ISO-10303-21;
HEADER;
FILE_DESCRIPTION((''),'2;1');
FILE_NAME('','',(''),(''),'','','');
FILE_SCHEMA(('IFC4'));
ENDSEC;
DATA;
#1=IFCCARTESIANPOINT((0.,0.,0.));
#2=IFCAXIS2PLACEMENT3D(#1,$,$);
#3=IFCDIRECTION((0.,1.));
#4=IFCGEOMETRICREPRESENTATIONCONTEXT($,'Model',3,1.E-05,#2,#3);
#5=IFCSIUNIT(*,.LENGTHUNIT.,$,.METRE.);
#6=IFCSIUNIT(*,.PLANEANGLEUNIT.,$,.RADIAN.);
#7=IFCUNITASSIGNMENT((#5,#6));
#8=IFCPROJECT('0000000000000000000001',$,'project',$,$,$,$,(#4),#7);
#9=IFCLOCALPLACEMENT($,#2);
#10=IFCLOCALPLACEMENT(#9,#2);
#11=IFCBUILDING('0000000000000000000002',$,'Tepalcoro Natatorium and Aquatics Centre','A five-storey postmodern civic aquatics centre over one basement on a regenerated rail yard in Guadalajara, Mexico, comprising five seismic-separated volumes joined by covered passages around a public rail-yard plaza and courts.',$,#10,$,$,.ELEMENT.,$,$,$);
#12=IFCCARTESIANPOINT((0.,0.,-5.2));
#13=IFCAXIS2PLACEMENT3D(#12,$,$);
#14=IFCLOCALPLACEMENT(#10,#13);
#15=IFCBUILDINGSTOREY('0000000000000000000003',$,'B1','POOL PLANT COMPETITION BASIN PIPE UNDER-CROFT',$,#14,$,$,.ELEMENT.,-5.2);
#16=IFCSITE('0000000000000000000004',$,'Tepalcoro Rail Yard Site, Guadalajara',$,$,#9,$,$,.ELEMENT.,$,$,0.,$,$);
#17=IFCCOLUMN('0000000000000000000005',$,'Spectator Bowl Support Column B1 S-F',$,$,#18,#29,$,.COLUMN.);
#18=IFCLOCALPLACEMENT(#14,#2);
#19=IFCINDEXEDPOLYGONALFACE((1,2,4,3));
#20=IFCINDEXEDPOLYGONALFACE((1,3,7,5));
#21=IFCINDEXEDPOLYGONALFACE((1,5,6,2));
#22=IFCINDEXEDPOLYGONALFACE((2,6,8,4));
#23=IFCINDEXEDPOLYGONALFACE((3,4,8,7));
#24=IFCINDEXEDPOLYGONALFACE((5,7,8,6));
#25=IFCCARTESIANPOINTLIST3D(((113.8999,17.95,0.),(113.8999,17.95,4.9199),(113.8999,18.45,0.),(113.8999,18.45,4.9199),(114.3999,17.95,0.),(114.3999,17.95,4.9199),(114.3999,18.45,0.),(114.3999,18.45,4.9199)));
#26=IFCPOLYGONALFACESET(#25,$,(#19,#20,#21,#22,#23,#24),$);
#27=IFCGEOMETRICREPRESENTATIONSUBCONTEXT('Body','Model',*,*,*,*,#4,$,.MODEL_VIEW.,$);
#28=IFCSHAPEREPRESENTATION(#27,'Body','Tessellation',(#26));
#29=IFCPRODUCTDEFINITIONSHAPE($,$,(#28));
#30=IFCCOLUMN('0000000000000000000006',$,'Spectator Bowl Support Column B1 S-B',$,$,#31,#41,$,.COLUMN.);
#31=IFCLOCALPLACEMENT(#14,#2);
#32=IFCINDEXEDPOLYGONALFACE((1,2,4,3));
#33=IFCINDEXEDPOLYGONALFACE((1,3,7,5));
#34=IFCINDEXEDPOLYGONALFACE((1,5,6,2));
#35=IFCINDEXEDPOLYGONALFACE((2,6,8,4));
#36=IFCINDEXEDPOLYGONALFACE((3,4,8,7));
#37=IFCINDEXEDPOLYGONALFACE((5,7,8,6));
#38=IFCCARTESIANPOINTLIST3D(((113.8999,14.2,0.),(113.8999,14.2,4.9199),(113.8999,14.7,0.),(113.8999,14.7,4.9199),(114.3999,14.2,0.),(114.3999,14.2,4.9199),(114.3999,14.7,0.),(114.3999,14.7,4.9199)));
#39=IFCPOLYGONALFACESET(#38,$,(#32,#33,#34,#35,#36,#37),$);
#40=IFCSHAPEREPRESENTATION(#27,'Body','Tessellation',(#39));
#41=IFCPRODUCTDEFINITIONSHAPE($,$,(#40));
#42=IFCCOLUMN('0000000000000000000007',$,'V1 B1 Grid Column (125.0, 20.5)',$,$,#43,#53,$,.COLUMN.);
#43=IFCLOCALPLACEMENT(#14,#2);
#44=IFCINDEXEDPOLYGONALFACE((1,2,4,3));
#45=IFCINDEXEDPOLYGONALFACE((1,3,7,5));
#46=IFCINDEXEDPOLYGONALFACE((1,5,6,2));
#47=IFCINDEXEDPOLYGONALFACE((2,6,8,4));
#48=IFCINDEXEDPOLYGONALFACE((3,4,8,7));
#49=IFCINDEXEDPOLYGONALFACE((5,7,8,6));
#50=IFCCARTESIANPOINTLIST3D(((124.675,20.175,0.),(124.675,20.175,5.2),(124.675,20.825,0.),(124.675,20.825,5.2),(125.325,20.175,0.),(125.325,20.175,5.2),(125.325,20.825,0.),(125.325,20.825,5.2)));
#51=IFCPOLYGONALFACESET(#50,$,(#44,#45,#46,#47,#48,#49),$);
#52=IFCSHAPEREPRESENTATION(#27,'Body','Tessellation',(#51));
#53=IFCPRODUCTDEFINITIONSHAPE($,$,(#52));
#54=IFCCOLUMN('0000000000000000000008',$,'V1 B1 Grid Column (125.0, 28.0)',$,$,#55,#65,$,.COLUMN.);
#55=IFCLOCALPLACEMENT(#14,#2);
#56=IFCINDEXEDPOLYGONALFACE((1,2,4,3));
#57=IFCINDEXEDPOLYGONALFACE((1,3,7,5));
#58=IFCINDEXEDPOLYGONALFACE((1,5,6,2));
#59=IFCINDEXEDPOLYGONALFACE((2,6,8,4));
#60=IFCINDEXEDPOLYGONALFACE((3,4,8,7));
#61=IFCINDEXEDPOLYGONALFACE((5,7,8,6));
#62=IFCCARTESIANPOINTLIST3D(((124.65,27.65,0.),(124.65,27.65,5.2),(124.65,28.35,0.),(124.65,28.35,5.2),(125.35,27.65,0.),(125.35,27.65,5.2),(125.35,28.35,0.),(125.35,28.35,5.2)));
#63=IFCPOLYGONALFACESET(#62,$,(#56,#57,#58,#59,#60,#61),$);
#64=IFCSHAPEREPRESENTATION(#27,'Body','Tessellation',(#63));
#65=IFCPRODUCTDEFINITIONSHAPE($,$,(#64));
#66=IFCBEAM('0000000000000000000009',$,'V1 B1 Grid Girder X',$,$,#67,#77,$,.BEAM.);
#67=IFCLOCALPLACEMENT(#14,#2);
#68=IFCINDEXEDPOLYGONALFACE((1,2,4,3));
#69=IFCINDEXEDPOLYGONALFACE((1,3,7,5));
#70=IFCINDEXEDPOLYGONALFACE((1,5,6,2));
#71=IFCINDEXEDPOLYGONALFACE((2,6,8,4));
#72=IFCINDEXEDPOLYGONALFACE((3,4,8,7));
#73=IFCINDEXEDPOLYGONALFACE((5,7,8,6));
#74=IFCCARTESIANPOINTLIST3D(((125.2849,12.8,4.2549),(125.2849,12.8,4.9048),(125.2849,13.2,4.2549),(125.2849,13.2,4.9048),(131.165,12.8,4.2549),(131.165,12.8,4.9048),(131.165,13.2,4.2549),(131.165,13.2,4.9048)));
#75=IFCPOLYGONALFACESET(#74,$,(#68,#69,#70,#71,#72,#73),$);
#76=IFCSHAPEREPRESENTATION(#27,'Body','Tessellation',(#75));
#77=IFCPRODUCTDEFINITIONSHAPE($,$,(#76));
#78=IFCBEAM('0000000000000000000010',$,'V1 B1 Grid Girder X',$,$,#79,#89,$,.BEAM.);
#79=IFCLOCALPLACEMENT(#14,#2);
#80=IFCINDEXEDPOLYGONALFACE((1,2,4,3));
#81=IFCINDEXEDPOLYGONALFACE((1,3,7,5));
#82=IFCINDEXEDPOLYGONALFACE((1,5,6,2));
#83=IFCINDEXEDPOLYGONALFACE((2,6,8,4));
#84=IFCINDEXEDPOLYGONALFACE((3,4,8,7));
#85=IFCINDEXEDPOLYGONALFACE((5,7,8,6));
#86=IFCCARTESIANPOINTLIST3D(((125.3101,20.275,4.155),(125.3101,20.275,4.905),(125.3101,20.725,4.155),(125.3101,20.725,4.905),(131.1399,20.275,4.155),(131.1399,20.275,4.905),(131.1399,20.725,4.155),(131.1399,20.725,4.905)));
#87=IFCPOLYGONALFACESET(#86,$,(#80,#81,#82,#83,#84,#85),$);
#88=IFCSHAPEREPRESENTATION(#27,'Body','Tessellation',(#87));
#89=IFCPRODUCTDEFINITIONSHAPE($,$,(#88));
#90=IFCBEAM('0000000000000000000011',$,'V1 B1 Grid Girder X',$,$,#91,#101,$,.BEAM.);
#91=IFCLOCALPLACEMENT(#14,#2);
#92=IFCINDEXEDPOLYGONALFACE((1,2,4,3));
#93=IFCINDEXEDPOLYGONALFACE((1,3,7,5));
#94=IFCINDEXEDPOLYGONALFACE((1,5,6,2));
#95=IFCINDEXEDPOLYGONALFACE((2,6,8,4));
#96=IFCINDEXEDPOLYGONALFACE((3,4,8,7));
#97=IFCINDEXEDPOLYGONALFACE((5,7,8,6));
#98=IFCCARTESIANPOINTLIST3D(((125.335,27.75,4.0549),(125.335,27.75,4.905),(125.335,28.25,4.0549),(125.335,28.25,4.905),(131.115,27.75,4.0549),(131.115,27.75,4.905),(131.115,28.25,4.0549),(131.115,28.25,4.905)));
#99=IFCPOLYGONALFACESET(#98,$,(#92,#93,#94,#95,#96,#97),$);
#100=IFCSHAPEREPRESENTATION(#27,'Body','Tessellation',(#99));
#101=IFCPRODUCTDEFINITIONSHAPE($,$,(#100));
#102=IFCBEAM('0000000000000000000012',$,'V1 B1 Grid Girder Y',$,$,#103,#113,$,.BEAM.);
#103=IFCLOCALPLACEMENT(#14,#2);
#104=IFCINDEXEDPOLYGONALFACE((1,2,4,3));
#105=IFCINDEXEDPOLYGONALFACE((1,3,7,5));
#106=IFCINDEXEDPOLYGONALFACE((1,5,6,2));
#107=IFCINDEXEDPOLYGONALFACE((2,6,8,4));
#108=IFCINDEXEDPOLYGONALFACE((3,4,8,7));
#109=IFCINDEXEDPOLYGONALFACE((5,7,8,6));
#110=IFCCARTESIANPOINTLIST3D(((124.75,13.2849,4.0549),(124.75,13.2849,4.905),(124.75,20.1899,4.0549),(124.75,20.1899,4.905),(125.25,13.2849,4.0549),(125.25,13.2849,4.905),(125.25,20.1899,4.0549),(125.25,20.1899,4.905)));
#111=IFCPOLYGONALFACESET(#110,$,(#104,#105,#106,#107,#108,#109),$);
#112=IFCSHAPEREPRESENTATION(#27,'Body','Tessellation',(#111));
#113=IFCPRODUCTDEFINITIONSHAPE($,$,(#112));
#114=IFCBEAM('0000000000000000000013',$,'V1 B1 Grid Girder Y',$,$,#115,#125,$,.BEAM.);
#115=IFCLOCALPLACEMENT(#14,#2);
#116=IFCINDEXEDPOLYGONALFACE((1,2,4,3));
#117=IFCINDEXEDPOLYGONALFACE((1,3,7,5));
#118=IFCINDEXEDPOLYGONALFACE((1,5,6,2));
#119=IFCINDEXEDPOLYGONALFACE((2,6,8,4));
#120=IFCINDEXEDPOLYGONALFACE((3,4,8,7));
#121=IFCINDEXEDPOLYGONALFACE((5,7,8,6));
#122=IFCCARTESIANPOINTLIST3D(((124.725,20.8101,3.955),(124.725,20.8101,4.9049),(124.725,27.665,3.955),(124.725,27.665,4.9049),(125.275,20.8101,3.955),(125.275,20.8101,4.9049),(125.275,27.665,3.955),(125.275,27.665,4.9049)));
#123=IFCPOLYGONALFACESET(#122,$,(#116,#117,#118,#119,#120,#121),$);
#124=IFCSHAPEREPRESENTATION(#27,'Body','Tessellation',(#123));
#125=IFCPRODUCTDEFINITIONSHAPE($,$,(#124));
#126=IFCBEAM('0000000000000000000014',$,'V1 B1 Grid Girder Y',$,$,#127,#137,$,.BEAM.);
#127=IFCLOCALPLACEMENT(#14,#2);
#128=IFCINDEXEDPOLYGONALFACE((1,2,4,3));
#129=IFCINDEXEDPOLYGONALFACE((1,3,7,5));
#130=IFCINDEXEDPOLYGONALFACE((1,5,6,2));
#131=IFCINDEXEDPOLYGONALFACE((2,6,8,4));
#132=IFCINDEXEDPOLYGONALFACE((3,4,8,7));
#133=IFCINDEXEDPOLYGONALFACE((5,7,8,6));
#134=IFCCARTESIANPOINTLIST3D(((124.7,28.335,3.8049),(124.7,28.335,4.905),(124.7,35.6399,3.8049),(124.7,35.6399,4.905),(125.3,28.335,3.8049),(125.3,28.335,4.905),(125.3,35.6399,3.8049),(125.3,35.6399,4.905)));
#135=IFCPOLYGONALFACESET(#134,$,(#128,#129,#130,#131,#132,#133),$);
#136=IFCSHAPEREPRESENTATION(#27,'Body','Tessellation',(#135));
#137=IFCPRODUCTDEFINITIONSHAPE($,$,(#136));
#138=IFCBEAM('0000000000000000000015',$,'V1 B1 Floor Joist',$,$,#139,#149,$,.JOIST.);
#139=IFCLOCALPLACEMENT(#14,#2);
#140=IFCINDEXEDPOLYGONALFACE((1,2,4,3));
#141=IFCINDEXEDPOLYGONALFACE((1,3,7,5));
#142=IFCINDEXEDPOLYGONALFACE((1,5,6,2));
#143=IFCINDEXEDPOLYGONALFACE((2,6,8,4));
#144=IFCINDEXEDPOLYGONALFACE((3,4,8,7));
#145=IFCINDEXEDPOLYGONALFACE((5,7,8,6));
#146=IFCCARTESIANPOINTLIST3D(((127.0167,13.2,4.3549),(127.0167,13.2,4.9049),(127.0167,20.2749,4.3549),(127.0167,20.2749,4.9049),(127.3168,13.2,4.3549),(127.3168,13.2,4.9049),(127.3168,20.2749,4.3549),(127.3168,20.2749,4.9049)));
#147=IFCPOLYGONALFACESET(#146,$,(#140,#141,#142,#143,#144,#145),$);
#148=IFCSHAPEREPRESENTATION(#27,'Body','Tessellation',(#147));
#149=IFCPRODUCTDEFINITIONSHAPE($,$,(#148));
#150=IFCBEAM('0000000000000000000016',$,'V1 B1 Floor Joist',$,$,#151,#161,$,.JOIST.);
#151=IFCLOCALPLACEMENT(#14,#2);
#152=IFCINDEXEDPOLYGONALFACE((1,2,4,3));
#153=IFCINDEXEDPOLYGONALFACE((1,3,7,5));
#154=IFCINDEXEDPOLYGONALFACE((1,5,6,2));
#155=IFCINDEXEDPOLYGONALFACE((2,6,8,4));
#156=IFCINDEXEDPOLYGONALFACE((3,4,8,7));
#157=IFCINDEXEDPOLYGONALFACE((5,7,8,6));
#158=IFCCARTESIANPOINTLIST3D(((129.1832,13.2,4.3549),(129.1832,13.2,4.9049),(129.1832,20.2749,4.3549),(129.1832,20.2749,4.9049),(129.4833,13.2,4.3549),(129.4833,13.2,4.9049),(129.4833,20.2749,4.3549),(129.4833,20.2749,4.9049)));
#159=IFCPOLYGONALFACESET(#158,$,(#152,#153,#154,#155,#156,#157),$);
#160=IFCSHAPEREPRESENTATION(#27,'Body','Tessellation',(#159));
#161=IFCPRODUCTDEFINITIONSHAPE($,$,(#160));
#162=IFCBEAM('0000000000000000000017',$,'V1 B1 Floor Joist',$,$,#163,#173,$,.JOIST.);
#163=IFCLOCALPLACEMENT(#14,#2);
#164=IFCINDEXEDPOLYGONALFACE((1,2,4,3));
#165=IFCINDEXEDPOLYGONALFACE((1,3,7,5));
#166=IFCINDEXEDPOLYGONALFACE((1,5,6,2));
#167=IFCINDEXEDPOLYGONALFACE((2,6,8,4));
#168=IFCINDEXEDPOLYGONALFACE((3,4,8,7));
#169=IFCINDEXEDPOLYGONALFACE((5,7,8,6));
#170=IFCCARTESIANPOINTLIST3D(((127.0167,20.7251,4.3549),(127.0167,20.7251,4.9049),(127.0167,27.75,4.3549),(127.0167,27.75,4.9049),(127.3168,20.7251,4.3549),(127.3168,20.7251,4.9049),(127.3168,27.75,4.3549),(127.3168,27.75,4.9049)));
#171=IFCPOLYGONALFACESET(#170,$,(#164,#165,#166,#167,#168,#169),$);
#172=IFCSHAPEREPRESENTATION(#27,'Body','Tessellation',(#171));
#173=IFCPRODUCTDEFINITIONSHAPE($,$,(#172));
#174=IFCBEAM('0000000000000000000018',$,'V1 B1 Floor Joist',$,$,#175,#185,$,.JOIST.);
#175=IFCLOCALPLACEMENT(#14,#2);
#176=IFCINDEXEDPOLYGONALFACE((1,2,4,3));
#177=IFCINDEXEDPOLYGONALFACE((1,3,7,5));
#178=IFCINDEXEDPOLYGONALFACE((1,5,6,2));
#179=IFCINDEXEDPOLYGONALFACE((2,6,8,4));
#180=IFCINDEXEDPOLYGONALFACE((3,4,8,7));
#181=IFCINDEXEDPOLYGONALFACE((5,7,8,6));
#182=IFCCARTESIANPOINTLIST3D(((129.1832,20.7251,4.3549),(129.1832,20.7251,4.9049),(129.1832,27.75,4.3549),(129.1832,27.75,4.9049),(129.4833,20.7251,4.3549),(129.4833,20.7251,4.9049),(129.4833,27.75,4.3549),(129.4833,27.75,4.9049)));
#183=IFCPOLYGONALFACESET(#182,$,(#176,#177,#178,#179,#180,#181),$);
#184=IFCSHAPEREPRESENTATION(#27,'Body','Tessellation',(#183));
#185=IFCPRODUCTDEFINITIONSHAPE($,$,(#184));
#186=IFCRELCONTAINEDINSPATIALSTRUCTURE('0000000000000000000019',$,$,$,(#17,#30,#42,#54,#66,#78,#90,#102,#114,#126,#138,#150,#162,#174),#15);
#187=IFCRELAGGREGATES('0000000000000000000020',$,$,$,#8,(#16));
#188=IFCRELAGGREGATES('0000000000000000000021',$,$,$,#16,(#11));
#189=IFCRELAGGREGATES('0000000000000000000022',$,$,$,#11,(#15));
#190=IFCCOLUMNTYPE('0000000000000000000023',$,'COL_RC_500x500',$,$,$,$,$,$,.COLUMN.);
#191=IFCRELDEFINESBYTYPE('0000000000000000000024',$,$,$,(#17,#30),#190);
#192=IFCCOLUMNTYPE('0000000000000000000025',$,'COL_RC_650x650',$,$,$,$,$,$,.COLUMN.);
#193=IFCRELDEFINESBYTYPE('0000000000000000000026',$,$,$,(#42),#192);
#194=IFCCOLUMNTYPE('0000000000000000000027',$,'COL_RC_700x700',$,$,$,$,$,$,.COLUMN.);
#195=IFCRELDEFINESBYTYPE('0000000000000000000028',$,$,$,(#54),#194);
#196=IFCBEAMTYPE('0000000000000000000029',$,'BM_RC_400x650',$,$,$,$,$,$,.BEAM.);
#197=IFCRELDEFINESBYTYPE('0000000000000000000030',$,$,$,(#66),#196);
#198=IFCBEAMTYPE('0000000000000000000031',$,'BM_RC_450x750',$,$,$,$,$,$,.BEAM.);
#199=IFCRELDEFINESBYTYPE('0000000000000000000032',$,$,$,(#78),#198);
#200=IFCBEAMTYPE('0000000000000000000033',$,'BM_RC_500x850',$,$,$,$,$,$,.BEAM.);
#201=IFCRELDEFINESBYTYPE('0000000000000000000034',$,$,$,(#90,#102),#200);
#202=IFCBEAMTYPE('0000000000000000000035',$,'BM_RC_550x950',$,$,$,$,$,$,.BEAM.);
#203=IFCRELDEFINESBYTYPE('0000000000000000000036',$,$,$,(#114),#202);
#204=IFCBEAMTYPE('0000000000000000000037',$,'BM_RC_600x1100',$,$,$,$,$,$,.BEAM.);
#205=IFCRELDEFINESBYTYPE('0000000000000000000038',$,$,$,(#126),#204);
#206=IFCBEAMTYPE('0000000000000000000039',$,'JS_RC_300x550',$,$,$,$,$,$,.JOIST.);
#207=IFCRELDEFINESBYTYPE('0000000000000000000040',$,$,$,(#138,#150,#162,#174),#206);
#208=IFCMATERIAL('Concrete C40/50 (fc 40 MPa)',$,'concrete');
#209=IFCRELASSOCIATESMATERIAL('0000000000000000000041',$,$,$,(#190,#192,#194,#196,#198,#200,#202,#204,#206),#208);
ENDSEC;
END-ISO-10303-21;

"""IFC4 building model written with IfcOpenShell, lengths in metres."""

from ifc_helpers import new_model, si_unit, direction, frame, origin, origin_2d, place, context, subcontext, project, spatial, rectangle, extrude, material, material_profile, profile_set, type_object, element, save


model = new_model("IFC4")

# Units and contexts
model_context = context("Model", 3, precision=1e-05, world=origin(), true_north=direction((0.0, 1.0)))
body_context = subcontext(model_context, "Body", "Model", "MODEL_VIEW")
ifc_project = project(units=[si_unit("LENGTHUNIT", "METRE"), si_unit("PLANEANGLEUNIT", "RADIAN")], contexts=[model_context])

# Site, building, storey
site_placement = place(None, origin())
site = spatial("IfcSite", under=ifc_project, at=site_placement, Name="Tepalcoro Rail Yard Site, Guadalajara", CompositionType="ELEMENT", RefElevation=0.0)
building_placement = place(site_placement, origin())
building = spatial("IfcBuilding", under=site, at=building_placement, Name="Tepalcoro Natatorium and Aquatics Centre", Description="A five-storey postmodern civic aquatics centre over one basement on a regenerated rail yard in Guadalajara, Mexico, comprising five seismic-separated volumes joined by covered passages around a public rail-yard plaza and courts.", CompositionType="ELEMENT")
storey_placement = place(building_placement, frame((0.0, 0.0, -5.2)))
storey = spatial("IfcBuildingStorey", under=building, at=storey_placement, Name="B1", Description="POOL PLANT COMPETITION BASIN PIPE UNDER-CROFT", CompositionType="ELEMENT", Elevation=-5.2)

# Shared definitions
ifc_material = material(Name="Concrete C40/50 (fc 40 MPa)", Category="concrete")

# Columns
ifc_material_profile_1 = material_profile(ifc_material, rectangle(XDim=0.5, YDim=0.5, at=origin_2d()), Name="RC500x500")
ifc_profile_set_1 = profile_set([ifc_material_profile_1], Name="Concrete C40/50 (fc 40 MPa)")
column_type_1 = type_object("IfcColumnType", Name="COL_RC_500x500", PredefinedType="COLUMN", material=ifc_profile_set_1)
for number, where, z_axis, x_axis, name in (
    (1, (114.1499, 18.2, 0.0), (0.0, 0.0, 1.0), (1.0, 0.0, 0.0), "Spectator Bowl Support Column B1 S-F"),
    (2, (114.1499, 14.45, 0.0), (0.0, 0.0, 1.0), (1.0, 0.0, 0.0), "Spectator Bowl Support Column B1 S-B"),
):
    element("IfcColumn", number, at=place(storey_placement, frame(where, z_axis=z_axis, x_axis=x_axis)), inside=storey, type_object=column_type_1, Name=name, PredefinedType="COLUMN", context=body_context, shape_type="SweptSolid", body=[
        extrude(rectangle(XDim=0.5, YDim=0.5, at=origin_2d()), origin(), (0.0, 0.0, 1.0), 4.9199),
    ])
ifc_material_profile_2 = material_profile(ifc_material, rectangle(XDim=0.6499, YDim=0.6499, at=origin_2d()), Name="RC650x650")
ifc_profile_set_2 = profile_set([ifc_material_profile_2], Name="Concrete C40/50 (fc 40 MPa)")
column_type_2 = type_object("IfcColumnType", Name="COL_RC_650x650", PredefinedType="COLUMN", material=ifc_profile_set_2)
column_1_placement = place(storey_placement, frame((125.0, 20.5, 0.0), z_axis=(0.0, 0.0, 1.0), x_axis=(1.0, 0.0, 0.0)))
element("IfcColumn", 3, at=column_1_placement, inside=storey, type_object=column_type_2, Name="V1 B1 Grid Column (125.0, 20.5)", PredefinedType="COLUMN", context=body_context, shape_type="SweptSolid", body=[
    extrude(rectangle(XDim=0.6499, YDim=0.6499, at=origin_2d()), origin(), (0.0, 0.0, 1.0), 5.2),
])
ifc_material_profile_3 = material_profile(ifc_material, rectangle(XDim=0.7, YDim=0.7, at=origin_2d()), Name="RC700x700")
ifc_profile_set_3 = profile_set([ifc_material_profile_3], Name="Concrete C40/50 (fc 40 MPa)")
column_type_3 = type_object("IfcColumnType", Name="COL_RC_700x700", PredefinedType="COLUMN", material=ifc_profile_set_3)
column_2_placement = place(storey_placement, frame((125.0, 28.0, 0.0), z_axis=(0.0, 0.0, 1.0), x_axis=(1.0, 0.0, 0.0)))
element("IfcColumn", 4, at=column_2_placement, inside=storey, type_object=column_type_3, Name="V1 B1 Grid Column (125.0, 28.0)", PredefinedType="COLUMN", context=body_context, shape_type="SweptSolid", body=[
    extrude(rectangle(XDim=0.7, YDim=0.7, at=origin_2d()), origin(), (0.0, 0.0, 1.0), 5.2),
])

# Beams
ifc_material_profile_4 = material_profile(ifc_material, rectangle(XDim=0.3999, YDim=0.6499, at=origin_2d()), Name="RCB400x650")
ifc_profile_set_4 = profile_set([ifc_material_profile_4], Name="Concrete C40/50 (fc 40 MPa)")
beam_type_1 = type_object("IfcBeamType", Name="BM_RC_400x650", PredefinedType="BEAM", material=ifc_profile_set_4)
beam_1_placement = place(storey_placement, frame((125.2849, 13.0, 4.5798), z_axis=(1.0, 0.0, 0.0), x_axis=(0.0, 1.0, 0.0)))
element("IfcBeam", 5, at=beam_1_placement, inside=storey, type_object=beam_type_1, Name="V1 B1 Grid Girder X", PredefinedType="BEAM", context=body_context, shape_type="SweptSolid", body=[
    extrude(rectangle(XDim=0.3999, YDim=0.6499, at=origin_2d()), origin(), (0.0, 0.0, 1.0), 5.8801),
])
ifc_material_profile_5 = material_profile(ifc_material, rectangle(XDim=0.45, YDim=0.75, at=origin_2d()), Name="RCB450x750")
ifc_profile_set_5 = profile_set([ifc_material_profile_5], Name="Concrete C40/50 (fc 40 MPa)")
beam_type_2 = type_object("IfcBeamType", Name="BM_RC_450x750", PredefinedType="BEAM", material=ifc_profile_set_5)
beam_2_placement = place(storey_placement, frame((125.3101, 20.5, 4.53), z_axis=(1.0, 0.0, 0.0), x_axis=(0.0, 1.0, 0.0)))
element("IfcBeam", 6, at=beam_2_placement, inside=storey, type_object=beam_type_2, Name="V1 B1 Grid Girder X", PredefinedType="BEAM", context=body_context, shape_type="SweptSolid", body=[
    extrude(rectangle(XDim=0.45, YDim=0.75, at=origin_2d()), origin(), (0.0, 0.0, 1.0), 5.8298),
])
ifc_material_profile_6 = material_profile(ifc_material, rectangle(XDim=0.5, YDim=0.8501, at=origin_2d()), Name="RCB500x850")
ifc_profile_set_6 = profile_set([ifc_material_profile_6], Name="Concrete C40/50 (fc 40 MPa)")
beam_type_3 = type_object("IfcBeamType", Name="BM_RC_500x850", PredefinedType="BEAM", material=ifc_profile_set_6)
beam_3_placement = place(storey_placement, frame((125.335, 28.0, 4.48), z_axis=(1.0, 0.0, 0.0), x_axis=(0.0, 1.0, 0.0)))
element("IfcBeam", 7, at=beam_3_placement, inside=storey, type_object=beam_type_3, Name="V1 B1 Grid Girder X", PredefinedType="BEAM", context=body_context, shape_type="SweptSolid", body=[
    extrude(rectangle(XDim=0.5, YDim=0.8501, at=origin_2d()), origin(), (0.0, 0.0, 1.0), 5.78),
])
beam_4_placement = place(storey_placement, frame((125.0, 13.2849, 4.48), z_axis=(0.0, 1.0, 0.0), x_axis=(-1.0, 0.0, 0.0)))
element("IfcBeam", 8, at=beam_4_placement, inside=storey, type_object=beam_type_3, Name="V1 B1 Grid Girder Y", PredefinedType="BEAM", context=body_context, shape_type="SweptSolid", body=[
    extrude(rectangle(XDim=0.5, YDim=0.8501, at=origin_2d()), origin(), (0.0, 0.0, 1.0), 6.905),
])
ifc_material_profile_7 = material_profile(ifc_material, rectangle(XDim=0.55, YDim=0.95, at=origin_2d()), Name="RCB550x950")
ifc_profile_set_7 = profile_set([ifc_material_profile_7], Name="Concrete C40/50 (fc 40 MPa)")
beam_type_4 = type_object("IfcBeamType", Name="BM_RC_550x950", PredefinedType="BEAM", material=ifc_profile_set_7)
beam_5_placement = place(storey_placement, frame((125.0, 20.8101, 4.4299), z_axis=(0.0, 1.0, 0.0), x_axis=(-1.0, 0.0, 0.0)))
element("IfcBeam", 9, at=beam_5_placement, inside=storey, type_object=beam_type_4, Name="V1 B1 Grid Girder Y", PredefinedType="BEAM", context=body_context, shape_type="SweptSolid", body=[
    extrude(rectangle(XDim=0.55, YDim=0.95, at=origin_2d()), origin(), (0.0, 0.0, 1.0), 6.855),
])
ifc_material_profile_8 = material_profile(ifc_material, rectangle(XDim=0.6001, YDim=1.1001, at=origin_2d()), Name="RCB600x1100")
ifc_profile_set_8 = profile_set([ifc_material_profile_8], Name="Concrete C40/50 (fc 40 MPa)")
beam_type_5 = type_object("IfcBeamType", Name="BM_RC_600x1100", PredefinedType="BEAM", material=ifc_profile_set_8)
beam_6_placement = place(storey_placement, frame((125.0, 28.335, 4.355), z_axis=(0.0, 1.0, 0.0), x_axis=(-1.0, 0.0, 0.0)))
element("IfcBeam", 10, at=beam_6_placement, inside=storey, type_object=beam_type_5, Name="V1 B1 Grid Girder Y", PredefinedType="BEAM", context=body_context, shape_type="SweptSolid", body=[
    extrude(rectangle(XDim=0.6001, YDim=1.1001, at=origin_2d()), origin(), (0.0, 0.0, 1.0), 7.3049),
])
ifc_material_profile_9 = material_profile(ifc_material, rectangle(XDim=0.3, YDim=0.55, at=origin_2d()), Name="RCJ300x550")
ifc_profile_set_9 = profile_set([ifc_material_profile_9], Name="Concrete C40/50 (fc 40 MPa)")
beam_type_6 = type_object("IfcBeamType", Name="JS_RC_300x550", PredefinedType="JOIST", material=ifc_profile_set_9)
for number, where, z_axis, x_axis, name in (
    (11, (127.1667, 13.2, 4.6299), (0.0, 1.0, 0.0), (-1.0, 0.0, 0.0), "V1 B1 Floor Joist"),
    (12, (129.3333, 13.2, 4.6299), (0.0, 1.0, 0.0), (-1.0, 0.0, 0.0), "V1 B1 Floor Joist"),
):
    element("IfcBeam", number, at=place(storey_placement, frame(where, z_axis=z_axis, x_axis=x_axis)), inside=storey, type_object=beam_type_6, Name=name, PredefinedType="JOIST", context=body_context, shape_type="SweptSolid", body=[
        extrude(rectangle(XDim=0.3, YDim=0.55, at=origin_2d()), origin(), (0.0, 0.0, 1.0), 7.075),
    ])
for number, where, z_axis, x_axis, name in (
    (13, (127.1667, 20.7251, 4.6299), (0.0, 1.0, 0.0), (-1.0, 0.0, 0.0), "V1 B1 Floor Joist"),
    (14, (129.3333, 20.7251, 4.6299), (0.0, 1.0, 0.0), (-1.0, 0.0, 0.0), "V1 B1 Floor Joist"),
):
    element("IfcBeam", number, at=place(storey_placement, frame(where, z_axis=z_axis, x_axis=x_axis)), inside=storey, type_object=beam_type_6, Name=name, PredefinedType="JOIST", context=body_context, shape_type="SweptSolid", body=[
        extrude(rectangle(XDim=0.3, YDim=0.55, at=origin_2d()), origin(), (0.0, 0.0, 1.0), 7.0249),
    ])

save(model, "model.ifc")
